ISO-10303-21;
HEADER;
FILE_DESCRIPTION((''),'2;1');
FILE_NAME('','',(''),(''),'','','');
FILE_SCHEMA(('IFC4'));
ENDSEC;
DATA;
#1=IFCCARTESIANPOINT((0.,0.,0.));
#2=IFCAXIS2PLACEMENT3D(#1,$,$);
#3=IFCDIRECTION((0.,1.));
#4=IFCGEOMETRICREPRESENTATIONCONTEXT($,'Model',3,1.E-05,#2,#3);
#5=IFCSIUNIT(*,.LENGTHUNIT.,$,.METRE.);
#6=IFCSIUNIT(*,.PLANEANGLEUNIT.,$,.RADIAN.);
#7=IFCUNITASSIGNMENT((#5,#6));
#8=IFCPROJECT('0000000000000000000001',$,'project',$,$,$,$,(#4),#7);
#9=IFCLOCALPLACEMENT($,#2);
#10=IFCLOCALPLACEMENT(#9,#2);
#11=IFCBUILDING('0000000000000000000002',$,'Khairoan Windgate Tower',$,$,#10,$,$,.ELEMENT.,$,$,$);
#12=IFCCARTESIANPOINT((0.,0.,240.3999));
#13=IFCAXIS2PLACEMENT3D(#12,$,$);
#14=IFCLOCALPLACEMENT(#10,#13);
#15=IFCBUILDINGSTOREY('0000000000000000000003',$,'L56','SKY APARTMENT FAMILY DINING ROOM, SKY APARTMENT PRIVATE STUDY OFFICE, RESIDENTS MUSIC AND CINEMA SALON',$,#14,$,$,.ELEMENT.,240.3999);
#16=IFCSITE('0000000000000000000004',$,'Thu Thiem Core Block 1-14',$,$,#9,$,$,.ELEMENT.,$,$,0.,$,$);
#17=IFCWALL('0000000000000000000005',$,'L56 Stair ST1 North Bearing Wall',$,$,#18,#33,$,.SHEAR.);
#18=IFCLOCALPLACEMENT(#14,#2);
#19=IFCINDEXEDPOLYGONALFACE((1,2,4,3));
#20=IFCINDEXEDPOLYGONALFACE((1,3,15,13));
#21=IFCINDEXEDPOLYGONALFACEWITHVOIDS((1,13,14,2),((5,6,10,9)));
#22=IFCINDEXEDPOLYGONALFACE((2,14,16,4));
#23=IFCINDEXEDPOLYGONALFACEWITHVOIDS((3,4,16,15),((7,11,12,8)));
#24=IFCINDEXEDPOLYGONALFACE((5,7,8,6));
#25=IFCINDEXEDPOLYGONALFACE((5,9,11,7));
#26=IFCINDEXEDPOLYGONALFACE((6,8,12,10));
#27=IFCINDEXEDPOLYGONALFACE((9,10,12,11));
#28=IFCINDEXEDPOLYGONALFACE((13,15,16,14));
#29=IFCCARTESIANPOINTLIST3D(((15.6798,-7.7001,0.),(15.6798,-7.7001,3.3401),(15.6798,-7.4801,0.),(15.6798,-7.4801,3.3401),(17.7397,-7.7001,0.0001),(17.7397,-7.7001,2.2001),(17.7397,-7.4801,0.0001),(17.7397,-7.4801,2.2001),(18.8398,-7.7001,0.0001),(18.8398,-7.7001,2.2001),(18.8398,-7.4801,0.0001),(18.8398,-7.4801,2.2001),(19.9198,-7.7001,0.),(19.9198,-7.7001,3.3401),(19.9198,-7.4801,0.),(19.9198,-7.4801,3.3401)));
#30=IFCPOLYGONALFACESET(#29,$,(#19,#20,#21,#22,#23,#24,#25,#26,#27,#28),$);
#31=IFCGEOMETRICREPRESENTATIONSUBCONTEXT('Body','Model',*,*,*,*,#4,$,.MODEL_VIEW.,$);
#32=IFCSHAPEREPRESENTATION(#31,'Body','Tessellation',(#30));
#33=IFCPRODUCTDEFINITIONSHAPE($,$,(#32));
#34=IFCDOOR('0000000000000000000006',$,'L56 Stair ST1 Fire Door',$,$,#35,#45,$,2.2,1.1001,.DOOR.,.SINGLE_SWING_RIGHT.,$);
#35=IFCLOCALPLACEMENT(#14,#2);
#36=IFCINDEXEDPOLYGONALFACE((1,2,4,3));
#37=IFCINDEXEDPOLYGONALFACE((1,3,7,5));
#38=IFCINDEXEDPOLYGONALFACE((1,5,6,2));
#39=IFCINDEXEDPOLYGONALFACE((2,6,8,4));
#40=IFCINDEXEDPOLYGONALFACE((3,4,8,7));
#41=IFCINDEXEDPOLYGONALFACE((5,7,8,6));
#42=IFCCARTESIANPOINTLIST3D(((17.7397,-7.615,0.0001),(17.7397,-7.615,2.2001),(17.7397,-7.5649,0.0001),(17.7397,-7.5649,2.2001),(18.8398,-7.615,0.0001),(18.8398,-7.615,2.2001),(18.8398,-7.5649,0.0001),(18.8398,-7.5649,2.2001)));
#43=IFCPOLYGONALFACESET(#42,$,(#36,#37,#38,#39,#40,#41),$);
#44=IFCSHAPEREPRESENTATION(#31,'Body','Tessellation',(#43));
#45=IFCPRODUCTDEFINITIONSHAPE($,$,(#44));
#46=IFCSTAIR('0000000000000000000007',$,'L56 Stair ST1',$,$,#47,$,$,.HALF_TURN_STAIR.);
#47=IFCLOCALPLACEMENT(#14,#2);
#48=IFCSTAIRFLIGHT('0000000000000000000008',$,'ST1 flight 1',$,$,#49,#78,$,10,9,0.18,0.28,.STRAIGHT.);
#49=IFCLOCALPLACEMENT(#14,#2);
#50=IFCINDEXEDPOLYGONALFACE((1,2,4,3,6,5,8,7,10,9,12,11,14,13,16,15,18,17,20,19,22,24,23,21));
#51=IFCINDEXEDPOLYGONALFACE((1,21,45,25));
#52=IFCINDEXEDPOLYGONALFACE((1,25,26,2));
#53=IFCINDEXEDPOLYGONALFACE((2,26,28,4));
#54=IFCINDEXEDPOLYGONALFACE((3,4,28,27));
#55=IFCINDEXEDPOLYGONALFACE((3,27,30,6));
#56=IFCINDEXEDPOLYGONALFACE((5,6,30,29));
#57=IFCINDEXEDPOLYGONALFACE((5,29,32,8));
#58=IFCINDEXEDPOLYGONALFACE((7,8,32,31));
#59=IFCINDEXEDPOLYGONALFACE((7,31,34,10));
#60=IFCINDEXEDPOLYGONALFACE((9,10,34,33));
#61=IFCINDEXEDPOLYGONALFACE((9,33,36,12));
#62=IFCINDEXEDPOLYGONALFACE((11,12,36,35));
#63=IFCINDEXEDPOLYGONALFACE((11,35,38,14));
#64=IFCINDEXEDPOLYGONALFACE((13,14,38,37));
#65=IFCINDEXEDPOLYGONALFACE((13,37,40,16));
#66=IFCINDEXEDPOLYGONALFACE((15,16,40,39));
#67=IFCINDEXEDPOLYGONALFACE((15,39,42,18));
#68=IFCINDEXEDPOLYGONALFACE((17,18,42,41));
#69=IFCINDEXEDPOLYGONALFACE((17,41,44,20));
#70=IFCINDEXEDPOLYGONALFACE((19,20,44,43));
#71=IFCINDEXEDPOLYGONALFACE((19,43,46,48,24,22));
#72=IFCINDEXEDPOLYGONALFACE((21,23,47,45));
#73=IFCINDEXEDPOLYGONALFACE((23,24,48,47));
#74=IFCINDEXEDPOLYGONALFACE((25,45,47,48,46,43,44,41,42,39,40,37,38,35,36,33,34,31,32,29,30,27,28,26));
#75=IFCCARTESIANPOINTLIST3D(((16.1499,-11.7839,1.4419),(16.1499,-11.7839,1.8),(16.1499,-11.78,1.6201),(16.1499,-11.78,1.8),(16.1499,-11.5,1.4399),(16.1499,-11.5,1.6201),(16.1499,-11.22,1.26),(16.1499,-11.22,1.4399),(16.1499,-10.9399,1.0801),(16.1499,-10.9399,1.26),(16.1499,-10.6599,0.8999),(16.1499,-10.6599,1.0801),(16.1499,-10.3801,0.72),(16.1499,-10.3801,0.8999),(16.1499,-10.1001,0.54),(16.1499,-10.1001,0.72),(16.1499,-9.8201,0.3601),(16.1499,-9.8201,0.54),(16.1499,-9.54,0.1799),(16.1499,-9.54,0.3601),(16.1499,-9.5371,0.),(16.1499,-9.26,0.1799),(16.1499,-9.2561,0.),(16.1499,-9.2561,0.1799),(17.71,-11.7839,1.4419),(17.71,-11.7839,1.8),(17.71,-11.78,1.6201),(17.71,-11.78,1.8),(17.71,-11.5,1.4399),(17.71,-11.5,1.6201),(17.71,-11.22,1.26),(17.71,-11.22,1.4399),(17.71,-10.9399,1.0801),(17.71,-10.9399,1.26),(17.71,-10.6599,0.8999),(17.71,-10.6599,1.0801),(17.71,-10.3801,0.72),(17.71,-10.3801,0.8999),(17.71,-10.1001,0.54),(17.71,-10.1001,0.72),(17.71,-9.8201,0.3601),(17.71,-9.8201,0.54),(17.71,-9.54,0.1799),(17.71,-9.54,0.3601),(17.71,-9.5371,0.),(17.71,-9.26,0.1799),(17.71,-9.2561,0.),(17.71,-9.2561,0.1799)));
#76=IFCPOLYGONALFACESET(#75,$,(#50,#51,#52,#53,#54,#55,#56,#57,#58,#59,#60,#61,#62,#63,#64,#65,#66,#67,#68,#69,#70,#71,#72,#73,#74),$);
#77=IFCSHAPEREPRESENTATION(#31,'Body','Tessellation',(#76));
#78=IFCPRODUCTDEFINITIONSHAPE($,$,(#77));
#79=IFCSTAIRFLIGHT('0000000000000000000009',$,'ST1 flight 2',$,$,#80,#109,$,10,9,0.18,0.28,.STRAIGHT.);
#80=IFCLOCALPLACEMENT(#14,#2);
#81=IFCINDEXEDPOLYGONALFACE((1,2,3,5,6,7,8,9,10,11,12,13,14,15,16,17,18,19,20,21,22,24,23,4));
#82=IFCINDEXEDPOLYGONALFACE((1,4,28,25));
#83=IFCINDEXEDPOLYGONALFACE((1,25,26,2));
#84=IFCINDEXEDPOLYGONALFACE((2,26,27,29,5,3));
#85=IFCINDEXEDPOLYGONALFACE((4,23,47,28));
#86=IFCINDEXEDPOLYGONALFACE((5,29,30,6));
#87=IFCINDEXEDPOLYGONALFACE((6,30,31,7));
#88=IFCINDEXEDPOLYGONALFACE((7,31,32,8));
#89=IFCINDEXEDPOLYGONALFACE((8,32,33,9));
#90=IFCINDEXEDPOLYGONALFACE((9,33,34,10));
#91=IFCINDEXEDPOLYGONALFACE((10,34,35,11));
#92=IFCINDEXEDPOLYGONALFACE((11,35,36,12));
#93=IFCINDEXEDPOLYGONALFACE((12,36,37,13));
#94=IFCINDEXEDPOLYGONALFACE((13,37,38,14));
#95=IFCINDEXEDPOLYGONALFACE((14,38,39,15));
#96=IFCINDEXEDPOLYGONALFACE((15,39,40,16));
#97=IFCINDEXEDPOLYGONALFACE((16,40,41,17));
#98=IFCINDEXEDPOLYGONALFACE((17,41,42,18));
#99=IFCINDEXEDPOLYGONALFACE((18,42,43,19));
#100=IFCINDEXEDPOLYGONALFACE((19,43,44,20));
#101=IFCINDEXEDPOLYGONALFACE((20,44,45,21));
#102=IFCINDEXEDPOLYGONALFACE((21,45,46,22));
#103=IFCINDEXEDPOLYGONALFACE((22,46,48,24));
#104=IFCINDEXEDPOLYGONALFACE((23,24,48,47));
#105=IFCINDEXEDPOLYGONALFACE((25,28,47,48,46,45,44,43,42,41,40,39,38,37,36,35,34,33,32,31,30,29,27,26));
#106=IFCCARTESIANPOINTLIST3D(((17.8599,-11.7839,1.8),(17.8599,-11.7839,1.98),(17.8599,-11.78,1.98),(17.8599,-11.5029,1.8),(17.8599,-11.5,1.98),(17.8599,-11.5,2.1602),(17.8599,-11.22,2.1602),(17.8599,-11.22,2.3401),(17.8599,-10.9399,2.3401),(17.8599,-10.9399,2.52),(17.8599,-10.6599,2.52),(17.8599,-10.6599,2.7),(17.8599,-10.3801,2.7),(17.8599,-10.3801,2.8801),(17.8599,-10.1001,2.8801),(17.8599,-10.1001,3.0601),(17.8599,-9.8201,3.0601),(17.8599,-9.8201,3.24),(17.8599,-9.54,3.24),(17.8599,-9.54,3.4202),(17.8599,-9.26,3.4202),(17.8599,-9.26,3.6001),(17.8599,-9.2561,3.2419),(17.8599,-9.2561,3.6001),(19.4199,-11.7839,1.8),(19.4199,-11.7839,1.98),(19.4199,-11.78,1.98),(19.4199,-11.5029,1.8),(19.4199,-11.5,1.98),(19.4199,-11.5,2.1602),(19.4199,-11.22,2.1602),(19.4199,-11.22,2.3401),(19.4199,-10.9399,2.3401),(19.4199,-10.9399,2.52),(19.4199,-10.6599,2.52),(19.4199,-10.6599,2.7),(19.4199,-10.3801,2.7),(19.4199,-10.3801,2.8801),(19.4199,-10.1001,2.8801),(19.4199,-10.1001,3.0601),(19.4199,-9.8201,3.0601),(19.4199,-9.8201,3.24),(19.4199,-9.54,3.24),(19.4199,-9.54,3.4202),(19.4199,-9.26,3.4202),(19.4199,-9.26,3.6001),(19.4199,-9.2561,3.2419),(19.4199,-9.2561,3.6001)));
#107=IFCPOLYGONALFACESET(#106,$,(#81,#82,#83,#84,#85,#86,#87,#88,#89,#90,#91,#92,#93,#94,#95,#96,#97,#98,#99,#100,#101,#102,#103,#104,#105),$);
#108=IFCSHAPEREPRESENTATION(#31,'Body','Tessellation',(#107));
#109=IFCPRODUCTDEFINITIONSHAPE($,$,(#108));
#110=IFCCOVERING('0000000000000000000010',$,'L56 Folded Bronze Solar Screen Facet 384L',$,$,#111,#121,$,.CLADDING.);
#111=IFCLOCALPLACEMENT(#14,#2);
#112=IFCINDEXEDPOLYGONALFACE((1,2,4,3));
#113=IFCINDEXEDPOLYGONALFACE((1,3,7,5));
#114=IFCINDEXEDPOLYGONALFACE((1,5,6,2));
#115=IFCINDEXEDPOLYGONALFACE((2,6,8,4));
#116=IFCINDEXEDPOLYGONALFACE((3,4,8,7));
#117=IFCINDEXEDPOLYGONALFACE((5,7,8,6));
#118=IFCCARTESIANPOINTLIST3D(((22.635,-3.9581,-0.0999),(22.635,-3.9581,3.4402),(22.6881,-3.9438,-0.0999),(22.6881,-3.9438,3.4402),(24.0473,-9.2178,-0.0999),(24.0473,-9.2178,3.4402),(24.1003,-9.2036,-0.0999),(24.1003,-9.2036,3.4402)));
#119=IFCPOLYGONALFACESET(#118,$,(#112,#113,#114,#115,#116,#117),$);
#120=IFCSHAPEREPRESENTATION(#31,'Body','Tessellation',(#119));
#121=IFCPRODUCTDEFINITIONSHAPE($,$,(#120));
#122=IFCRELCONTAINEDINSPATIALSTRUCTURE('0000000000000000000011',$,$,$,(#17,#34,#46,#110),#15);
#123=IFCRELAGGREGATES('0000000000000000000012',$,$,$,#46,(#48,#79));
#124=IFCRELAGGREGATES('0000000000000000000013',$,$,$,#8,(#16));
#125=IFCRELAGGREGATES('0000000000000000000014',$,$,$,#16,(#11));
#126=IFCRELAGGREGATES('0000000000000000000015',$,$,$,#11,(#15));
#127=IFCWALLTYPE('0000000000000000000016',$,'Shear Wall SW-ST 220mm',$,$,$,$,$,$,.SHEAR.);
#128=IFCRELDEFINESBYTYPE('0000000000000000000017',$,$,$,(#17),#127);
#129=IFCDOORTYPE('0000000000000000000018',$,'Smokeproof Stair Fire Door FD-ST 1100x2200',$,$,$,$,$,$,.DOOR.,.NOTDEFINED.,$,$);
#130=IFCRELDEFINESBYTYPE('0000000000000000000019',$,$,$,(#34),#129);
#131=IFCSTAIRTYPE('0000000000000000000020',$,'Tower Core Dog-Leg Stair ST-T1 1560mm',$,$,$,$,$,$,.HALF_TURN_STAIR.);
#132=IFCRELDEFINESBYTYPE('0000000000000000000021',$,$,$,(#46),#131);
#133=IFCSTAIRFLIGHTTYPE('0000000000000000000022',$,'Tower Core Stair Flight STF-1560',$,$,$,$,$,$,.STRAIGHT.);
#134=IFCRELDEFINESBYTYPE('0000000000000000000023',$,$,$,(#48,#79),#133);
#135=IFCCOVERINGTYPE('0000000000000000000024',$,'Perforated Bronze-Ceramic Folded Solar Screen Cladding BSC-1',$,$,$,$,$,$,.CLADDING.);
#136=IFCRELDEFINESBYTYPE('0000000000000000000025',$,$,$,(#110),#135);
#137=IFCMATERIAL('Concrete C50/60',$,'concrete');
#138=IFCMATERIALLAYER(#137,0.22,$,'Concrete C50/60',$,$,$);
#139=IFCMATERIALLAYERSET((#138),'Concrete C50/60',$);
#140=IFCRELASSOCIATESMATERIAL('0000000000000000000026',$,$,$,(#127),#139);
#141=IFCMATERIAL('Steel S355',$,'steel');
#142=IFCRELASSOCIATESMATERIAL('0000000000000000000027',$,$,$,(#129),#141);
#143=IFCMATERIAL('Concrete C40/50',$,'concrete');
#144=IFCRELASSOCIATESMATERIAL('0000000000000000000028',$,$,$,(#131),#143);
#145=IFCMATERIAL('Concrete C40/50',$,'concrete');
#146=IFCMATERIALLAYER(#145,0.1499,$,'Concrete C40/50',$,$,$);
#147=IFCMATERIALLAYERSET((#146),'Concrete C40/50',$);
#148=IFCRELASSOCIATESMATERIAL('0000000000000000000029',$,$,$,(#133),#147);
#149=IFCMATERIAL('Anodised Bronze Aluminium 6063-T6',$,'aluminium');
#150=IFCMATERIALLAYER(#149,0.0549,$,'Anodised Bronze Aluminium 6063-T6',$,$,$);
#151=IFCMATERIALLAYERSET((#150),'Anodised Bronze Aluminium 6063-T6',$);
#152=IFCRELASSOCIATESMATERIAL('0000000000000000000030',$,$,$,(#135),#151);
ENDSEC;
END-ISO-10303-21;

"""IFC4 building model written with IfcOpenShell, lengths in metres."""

from ifc_helpers import new_model, si_unit, direction, frame, frame_2d, origin, origin_2d, place, context, subcontext, project, spatial, polyline, rectangle, outline, extrude, material, layer, layer_set, type_object, element, fill, aggregate, save


model = new_model("IFC4")

# Units and contexts
model_context = context("Model", 3, precision=1e-05, world=origin(), true_north=direction((0.0, 1.0)))
body_context = subcontext(model_context, "Body", "Model", "MODEL_VIEW")
ifc_project = project(units=[si_unit("LENGTHUNIT", "METRE"), si_unit("PLANEANGLEUNIT", "RADIAN")], contexts=[model_context])

# Site, building, storey
site_placement = place(None, origin())
site = spatial("IfcSite", under=ifc_project, at=site_placement, Name="Thu Thiem Core Block 1-14", CompositionType="ELEMENT", RefElevation=0.0)
building_placement = place(site_placement, origin())
building = spatial("IfcBuilding", under=site, at=building_placement, Name="Khairoan Windgate Tower", CompositionType="ELEMENT")
storey_placement = place(building_placement, frame((0.0, 0.0, 240.3999)))
storey = spatial("IfcBuildingStorey", under=building, at=storey_placement, Name="L56", Description="SKY APARTMENT FAMILY DINING ROOM, SKY APARTMENT PRIVATE STUDY OFFICE, RESIDENTS MUSIC AND CINEMA SALON", CompositionType="ELEMENT", Elevation=240.3999)

# Wall, opening, door
ifc_material_1 = material(Name="Concrete C50/60", Category="concrete")
ifc_layer_1 = layer(ifc_material_1, 0.22, Name="Concrete C50/60")
ifc_layer_set_1 = layer_set([ifc_layer_1], Name="Concrete C50/60")
wall_type_1 = type_object("IfcWallType", Name="Shear Wall SW-ST 220mm", PredefinedType="SHEAR", material=ifc_layer_set_1)
wall_1_placement = place(storey_placement, frame((19.9199, -7.5901, 0.0), z_axis=(0.0, 0.0, 1.0), x_axis=(-1.0, 0.0, 0.0)))
wall_1 = element("IfcWall", 1, at=wall_1_placement, inside=storey, type_object=wall_type_1, Name="L56 Stair ST1 North Bearing Wall", PredefinedType="SHEAR", context=body_context, shape_type="SweptSolid", body=[
    extrude(rectangle(XDim=4.24, YDim=0.22, at=frame_2d((2.1201, 0.0))), origin(), (0.0, 0.0, 1.0), 3.3401),
])
opening_1_placement = place(wall_1_placement, frame((1.0801, 0.0, 0.0)))
opening_1 = element("IfcOpeningElement", 2, at=opening_1_placement, cuts=wall_1, PredefinedType="OPENING", context=body_context, shape_type="SweptSolid", body=[
    extrude(rectangle(XDim=1.1001, YDim=2.2, at=frame_2d((0.55, 1.1001))), frame((0.0, 0.1199, 0.0), z_axis=(0.0, -1.0, 0.0), x_axis=(1.0, 0.0, 0.0)), (0.0, 0.0, 1.0), 0.24),
])
ifc_material_2 = material(Name="Steel S355", Category="steel")
door_type_1 = type_object("IfcDoorType", Name="Smokeproof Stair Fire Door FD-ST 1100x2200", OperationType="NOTDEFINED", PredefinedType="DOOR", material=ifc_material_2)
door_1_placement = place(opening_1_placement, origin())
door_1 = element("IfcDoor", 3, at=door_1_placement, inside=storey, type_object=door_type_1, Name="L56 Stair ST1 Fire Door", OperationType="SINGLE_SWING_RIGHT", OverallHeight=2.2, OverallWidth=1.1001, PredefinedType="DOOR", context=body_context, shape_type="SweptSolid", body=[
    extrude(rectangle(XDim=1.1001, YDim=2.2, at=frame_2d((0.55, 1.1001))), frame((0.0, 0.0249, 0.0), z_axis=(0.0, -1.0, 0.0), x_axis=(1.0, 0.0, 0.0)), (0.0, 0.0, 1.0), 0.05),
])
fill(opening_1, door_1)

# Stair, stair flights
ifc_material_3 = material(Name="Concrete C40/50", Category="concrete")
stair_type = type_object("IfcStairType", Name="Tower Core Dog-Leg Stair ST-T1 1560mm", PredefinedType="HALF_TURN_STAIR", material=ifc_material_3)
stair_placement = place(storey_placement, origin())
stair = element("IfcStair", 4, at=stair_placement, inside=storey, type_object=stair_type, Name="L56 Stair ST1", PredefinedType="HALF_TURN_STAIR")
ifc_material_4 = material(Name="Concrete C40/50", Category="concrete")
ifc_layer_2 = layer(ifc_material_4, 0.1499, Name="Concrete C40/50")
ifc_layer_set_2 = layer_set([ifc_layer_2], Name="Concrete C40/50")
stair_flight_type = type_object("IfcStairFlightType", Name="Tower Core Stair Flight STF-1560", PredefinedType="STRAIGHT", material=ifc_layer_set_2)
stair_flight_1_placement = place(storey_placement, frame((16.9299, -9.26, 0.0), z_axis=(0.0, 0.0, 1.0), x_axis=(0.0, -1.0, 0.0)))
stair_flight_1 = element("IfcStairFlight", 5, at=stair_flight_1_placement, type_object=stair_flight_type, Name="ST1 flight 1", NumberOfRisers=10, NumberOfTreads=9, PredefinedType="STRAIGHT", RiserHeight=0.18, TreadLength=0.28, context=body_context, shape_type="SweptSolid", body=[
    extrude(outline(polyline([(-0.0039, 0.0), (-0.0039, 0.1799), (0.0, 0.1799), (0.28, 0.1799), (0.28, 0.3601), (0.5601, 0.3601), (0.5601, 0.54), (0.8401, 0.54), (0.8401, 0.72), (1.1201, 0.72), (1.1201, 0.8999), (1.3999, 0.8999), (1.3999, 1.0801), (1.6799, 1.0801), (1.6799, 1.26), (1.96, 1.26), (1.96, 1.4399), (2.24, 1.4399), (2.24, 1.6201), (2.52, 1.6201), (2.52, 1.8), (2.5239, 1.8), (2.5239, 1.4419), (0.2771, 0.0), (-0.0039, 0.0)])), frame((0.0, 0.78, 0.0), z_axis=(0.0, -1.0, 0.0), x_axis=(1.0, 0.0, 0.0)), (0.0, 0.0, 1.0), 1.5601),
])
stair_flight_2_placement = place(storey_placement, frame((18.6399, -11.78, 1.8), z_axis=(0.0, 0.0, 1.0), x_axis=(0.0, 1.0, 0.0)))
stair_flight_2 = element("IfcStairFlight", 6, at=stair_flight_2_placement, type_object=stair_flight_type, Name="ST1 flight 2", NumberOfRisers=10, NumberOfTreads=9, PredefinedType="STRAIGHT", RiserHeight=0.18, TreadLength=0.28, context=body_context, shape_type="SweptSolid", body=[
    extrude(outline(polyline([(-0.0039, 0.0), (-0.0039, 0.1799), (0.0, 0.1799), (0.28, 0.1799), (0.28, 0.3601), (0.5601, 0.3601), (0.5601, 0.54), (0.8401, 0.54), (0.8401, 0.72), (1.1201, 0.72), (1.1201, 0.8999), (1.3999, 0.8999), (1.3999, 1.0801), (1.6799, 1.0801), (1.6799, 1.26), (1.96, 1.26), (1.96, 1.4399), (2.24, 1.4399), (2.24, 1.6201), (2.52, 1.6201), (2.52, 1.8), (2.5239, 1.8), (2.5239, 1.4419), (0.2771, 0.0), (-0.0039, 0.0)])), frame((0.0, 0.78, 0.0), z_axis=(0.0, -1.0, 0.0), x_axis=(1.0, 0.0, 0.0)), (0.0, 0.0, 1.0), 1.5601),
])
aggregate(stair, [stair_flight_1, stair_flight_2])

# Covering
ifc_material_5 = material(Name="Anodised Bronze Aluminium 6063-T6", Category="aluminium")
ifc_layer_3 = layer(ifc_material_5, 0.0549, Name="Anodised Bronze Aluminium 6063-T6")
ifc_layer_set_3 = layer_set([ifc_layer_3], Name="Anodised Bronze Aluminium 6063-T6")
covering_type = type_object("IfcCoveringType", Name="Perforated Bronze-Ceramic Folded Solar Screen Cladding BSC-1", PredefinedType="CLADDING", material=ifc_layer_set_3)
covering_placement = place(storey_placement, frame((23.3677, -6.5808, -0.0999), z_axis=(0.0, 0.0, 1.0), x_axis=(0.259325, -0.96579, 0.0)))
element("IfcCovering", 7, at=covering_placement, inside=storey, type_object=covering_type, Name="L56 Folded Bronze Solar Screen Facet 384L", PredefinedType="CLADDING", context=body_context, shape_type="SweptSolid", body=[
    extrude(rectangle(XDim=5.446, YDim=0.0549, at=origin_2d()), origin(), (0.0, 0.0, 1.0), 3.54),
])

save(model, "model.ifc")
